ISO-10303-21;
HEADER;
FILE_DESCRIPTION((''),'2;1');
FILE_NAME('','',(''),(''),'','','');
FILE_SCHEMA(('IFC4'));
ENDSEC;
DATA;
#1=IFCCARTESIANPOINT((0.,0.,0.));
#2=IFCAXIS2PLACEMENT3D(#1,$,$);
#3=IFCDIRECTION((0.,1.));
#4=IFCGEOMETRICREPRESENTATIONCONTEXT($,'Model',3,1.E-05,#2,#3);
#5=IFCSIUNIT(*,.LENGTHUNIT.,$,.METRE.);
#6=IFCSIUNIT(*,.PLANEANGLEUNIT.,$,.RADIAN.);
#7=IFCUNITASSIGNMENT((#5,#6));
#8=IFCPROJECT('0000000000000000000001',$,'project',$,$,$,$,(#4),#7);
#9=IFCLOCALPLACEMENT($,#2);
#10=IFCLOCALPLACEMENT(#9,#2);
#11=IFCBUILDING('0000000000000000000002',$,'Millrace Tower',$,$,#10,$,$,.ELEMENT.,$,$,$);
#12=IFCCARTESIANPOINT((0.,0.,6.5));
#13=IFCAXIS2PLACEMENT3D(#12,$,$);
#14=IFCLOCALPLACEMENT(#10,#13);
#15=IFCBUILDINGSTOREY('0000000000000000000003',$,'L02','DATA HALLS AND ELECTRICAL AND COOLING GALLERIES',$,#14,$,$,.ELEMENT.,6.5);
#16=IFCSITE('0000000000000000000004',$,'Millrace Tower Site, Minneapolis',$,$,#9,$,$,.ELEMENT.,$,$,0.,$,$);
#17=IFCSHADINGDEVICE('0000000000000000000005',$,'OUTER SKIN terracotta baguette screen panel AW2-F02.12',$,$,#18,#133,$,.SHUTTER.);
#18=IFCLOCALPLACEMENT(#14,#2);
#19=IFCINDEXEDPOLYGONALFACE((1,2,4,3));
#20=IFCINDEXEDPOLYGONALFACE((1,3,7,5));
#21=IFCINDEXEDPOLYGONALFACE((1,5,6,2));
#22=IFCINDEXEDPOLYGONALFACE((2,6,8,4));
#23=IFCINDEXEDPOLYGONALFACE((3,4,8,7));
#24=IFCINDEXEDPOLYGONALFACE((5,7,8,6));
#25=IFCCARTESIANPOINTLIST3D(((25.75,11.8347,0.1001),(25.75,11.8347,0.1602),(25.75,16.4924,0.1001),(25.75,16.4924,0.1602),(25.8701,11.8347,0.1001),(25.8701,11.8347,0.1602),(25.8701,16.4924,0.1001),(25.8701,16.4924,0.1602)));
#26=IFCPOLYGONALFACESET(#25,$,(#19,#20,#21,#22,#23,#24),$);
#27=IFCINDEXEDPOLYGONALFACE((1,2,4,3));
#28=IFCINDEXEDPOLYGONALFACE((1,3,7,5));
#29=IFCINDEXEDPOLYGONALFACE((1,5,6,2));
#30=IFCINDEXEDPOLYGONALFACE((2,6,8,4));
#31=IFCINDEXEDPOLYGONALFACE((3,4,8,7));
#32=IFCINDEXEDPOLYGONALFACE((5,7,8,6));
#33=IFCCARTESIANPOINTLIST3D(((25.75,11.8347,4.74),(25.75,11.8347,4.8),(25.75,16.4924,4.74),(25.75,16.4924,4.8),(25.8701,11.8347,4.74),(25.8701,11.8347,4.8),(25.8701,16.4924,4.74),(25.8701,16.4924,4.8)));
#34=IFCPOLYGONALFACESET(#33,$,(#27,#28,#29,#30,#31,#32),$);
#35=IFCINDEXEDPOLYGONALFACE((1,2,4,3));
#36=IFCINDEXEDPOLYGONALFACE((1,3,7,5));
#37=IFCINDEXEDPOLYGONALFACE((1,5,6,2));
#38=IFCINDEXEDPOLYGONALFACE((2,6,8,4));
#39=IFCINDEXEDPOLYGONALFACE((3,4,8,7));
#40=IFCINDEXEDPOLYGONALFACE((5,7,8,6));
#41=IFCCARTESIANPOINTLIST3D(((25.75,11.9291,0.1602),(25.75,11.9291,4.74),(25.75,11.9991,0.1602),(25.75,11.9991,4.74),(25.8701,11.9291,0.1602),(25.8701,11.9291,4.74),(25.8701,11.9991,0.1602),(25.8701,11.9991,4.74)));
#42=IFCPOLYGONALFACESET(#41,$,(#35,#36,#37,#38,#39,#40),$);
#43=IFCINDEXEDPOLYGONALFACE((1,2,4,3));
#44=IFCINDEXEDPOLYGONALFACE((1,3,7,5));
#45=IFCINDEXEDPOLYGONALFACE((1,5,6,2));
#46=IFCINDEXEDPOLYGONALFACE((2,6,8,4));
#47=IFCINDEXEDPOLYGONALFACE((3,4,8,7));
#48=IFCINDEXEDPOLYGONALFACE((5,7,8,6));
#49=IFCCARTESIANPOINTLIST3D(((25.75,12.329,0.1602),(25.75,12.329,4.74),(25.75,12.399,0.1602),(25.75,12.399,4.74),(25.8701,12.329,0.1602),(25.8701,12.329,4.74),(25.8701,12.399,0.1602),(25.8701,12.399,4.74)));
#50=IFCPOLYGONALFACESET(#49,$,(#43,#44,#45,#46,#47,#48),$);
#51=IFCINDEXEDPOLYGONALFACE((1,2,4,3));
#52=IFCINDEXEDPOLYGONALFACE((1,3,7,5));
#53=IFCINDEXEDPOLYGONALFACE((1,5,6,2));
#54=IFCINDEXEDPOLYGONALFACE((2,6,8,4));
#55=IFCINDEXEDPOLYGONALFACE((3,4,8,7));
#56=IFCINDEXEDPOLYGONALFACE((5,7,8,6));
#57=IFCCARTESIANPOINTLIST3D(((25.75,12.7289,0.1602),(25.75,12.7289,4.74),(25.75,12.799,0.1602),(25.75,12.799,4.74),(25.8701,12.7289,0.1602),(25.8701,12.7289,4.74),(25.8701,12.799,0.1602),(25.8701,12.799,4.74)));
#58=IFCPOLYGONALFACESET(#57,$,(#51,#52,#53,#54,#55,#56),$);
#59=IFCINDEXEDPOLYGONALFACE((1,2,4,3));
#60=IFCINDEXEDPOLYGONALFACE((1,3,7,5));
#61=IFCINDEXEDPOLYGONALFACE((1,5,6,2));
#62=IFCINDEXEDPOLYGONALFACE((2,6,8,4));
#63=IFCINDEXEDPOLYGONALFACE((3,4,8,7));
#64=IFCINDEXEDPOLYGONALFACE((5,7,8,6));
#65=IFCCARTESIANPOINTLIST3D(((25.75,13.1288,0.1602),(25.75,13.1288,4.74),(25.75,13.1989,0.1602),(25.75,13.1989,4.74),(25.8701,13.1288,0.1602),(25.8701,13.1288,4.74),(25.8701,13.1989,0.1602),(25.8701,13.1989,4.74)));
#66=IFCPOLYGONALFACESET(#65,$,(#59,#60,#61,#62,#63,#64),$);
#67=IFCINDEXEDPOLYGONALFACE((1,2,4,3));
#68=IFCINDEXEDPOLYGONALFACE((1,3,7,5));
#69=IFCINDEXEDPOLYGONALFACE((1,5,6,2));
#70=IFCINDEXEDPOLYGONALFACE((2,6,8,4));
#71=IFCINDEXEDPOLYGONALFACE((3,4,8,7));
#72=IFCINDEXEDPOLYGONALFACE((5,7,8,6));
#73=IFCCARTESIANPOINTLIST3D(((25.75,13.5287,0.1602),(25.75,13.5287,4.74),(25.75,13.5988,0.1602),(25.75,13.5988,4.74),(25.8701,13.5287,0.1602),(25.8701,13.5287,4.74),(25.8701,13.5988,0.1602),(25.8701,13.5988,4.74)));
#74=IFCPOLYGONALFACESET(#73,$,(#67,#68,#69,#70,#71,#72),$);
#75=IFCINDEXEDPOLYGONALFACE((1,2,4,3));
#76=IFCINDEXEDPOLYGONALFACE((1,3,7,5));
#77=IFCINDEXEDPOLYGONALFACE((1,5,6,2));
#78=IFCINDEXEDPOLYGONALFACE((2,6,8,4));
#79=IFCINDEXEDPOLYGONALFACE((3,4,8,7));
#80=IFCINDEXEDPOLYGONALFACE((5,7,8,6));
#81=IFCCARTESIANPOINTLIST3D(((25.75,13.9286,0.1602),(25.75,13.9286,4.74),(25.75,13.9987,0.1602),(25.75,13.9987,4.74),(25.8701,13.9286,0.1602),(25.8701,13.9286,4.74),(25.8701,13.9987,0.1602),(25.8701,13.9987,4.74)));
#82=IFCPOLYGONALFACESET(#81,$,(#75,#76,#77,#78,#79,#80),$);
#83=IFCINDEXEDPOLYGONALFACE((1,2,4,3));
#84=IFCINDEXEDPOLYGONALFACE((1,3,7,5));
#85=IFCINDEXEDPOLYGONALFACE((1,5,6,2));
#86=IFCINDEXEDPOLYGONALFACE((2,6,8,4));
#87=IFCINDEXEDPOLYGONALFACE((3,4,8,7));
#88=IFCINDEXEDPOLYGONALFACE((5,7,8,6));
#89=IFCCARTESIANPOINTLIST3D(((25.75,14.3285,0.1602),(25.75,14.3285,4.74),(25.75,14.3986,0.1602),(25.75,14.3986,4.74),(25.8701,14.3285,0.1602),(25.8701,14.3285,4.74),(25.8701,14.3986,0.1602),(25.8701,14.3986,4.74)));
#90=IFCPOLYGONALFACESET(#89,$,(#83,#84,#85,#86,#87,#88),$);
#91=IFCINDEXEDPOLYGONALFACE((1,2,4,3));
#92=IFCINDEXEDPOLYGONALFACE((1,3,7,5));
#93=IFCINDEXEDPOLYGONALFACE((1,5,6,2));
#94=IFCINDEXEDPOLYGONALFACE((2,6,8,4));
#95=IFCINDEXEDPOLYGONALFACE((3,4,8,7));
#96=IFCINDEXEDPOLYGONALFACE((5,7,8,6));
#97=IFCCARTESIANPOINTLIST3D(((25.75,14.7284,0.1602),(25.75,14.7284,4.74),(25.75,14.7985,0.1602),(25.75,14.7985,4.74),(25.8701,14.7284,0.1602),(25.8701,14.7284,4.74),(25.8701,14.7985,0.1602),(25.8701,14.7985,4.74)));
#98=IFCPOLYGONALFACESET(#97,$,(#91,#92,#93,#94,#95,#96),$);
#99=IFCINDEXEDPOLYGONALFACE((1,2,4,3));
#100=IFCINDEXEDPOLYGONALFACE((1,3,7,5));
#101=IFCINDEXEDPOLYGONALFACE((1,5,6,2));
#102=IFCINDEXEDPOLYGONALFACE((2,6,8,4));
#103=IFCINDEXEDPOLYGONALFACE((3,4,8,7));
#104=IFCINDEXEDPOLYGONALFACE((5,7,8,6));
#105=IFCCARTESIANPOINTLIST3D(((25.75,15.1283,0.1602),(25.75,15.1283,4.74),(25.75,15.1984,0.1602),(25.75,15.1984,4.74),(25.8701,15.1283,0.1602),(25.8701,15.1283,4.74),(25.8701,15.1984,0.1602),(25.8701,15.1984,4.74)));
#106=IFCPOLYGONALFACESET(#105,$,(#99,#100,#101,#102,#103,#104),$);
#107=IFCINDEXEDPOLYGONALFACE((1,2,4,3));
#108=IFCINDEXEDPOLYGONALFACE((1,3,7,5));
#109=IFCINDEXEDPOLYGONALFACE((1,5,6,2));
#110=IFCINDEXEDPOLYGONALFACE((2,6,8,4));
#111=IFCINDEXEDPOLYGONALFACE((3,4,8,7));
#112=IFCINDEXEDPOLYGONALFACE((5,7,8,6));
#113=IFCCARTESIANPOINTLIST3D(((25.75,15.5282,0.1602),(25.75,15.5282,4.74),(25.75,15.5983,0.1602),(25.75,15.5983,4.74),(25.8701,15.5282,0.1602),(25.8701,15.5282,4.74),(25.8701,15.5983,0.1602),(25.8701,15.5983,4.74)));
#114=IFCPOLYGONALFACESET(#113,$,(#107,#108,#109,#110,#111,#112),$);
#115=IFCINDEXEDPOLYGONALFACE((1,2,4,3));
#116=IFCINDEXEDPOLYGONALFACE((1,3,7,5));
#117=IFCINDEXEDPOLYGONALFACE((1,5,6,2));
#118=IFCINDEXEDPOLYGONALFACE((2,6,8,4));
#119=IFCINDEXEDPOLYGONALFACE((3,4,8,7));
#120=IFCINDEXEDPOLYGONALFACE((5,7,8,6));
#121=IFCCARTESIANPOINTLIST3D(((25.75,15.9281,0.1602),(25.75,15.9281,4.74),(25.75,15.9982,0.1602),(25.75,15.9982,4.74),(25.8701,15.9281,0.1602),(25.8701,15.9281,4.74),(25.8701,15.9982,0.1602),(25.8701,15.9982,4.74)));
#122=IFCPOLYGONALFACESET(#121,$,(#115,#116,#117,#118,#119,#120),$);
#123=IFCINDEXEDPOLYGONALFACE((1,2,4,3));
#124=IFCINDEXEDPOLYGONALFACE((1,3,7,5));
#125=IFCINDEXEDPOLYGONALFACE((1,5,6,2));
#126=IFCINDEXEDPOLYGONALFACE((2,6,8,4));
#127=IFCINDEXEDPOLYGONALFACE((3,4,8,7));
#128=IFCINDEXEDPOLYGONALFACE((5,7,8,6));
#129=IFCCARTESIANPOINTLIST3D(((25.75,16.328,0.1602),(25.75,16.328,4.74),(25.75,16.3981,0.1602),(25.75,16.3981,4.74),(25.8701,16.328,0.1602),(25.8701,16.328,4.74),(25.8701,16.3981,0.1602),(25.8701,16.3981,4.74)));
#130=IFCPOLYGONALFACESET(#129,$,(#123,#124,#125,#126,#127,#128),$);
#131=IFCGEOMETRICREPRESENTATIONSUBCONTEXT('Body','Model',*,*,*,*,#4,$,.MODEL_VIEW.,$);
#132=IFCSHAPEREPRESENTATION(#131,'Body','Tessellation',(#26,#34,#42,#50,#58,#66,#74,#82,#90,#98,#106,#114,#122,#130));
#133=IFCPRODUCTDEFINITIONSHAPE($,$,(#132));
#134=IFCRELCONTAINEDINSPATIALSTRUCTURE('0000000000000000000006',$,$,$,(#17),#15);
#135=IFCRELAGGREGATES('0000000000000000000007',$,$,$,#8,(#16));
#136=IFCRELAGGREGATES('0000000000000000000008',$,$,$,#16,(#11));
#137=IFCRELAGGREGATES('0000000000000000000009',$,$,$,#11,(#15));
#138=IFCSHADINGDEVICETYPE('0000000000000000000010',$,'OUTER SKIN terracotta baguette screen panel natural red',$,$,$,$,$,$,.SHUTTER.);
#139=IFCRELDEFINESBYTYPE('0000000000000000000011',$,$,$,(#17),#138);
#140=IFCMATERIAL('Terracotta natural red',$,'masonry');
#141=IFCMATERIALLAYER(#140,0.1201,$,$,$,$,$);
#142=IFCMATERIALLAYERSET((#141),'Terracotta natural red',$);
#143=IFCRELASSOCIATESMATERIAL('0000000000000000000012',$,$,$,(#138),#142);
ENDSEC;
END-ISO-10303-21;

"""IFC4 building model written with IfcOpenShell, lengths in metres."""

from ifc_helpers import new_model, entity, si_unit, direction, frame, frame_2d, origin, place, context, subcontext, project, spatial, rectangle, extrude, source, transform, mapped, material, layer, layer_set, type_object, element, save


model = new_model("IFC4")

# Units and contexts
model_context = context("Model", 3, precision=1e-05, world=origin(), true_north=direction((0.0, 1.0)))
body_context = subcontext(model_context, "Body", "Model", "MODEL_VIEW")
ifc_project = project(units=[si_unit("LENGTHUNIT", "METRE"), si_unit("PLANEANGLEUNIT", "RADIAN")], contexts=[model_context])

# Site, building, storey
site_placement = place(None, origin())
site = spatial("IfcSite", under=ifc_project, at=site_placement, Name="Millrace Tower Site, Minneapolis", CompositionType="ELEMENT", RefElevation=0.0)
building_placement = place(site_placement, origin())
building = spatial("IfcBuilding", under=site, at=building_placement, Name="Millrace Tower", CompositionType="ELEMENT")
storey_placement = place(building_placement, frame((0.0, 0.0, 6.5)))
storey = spatial("IfcBuildingStorey", under=building, at=storey_placement, Name="L02", Description="DATA HALLS AND ELECTRICAL AND COOLING GALLERIES", CompositionType="ELEMENT", Elevation=6.5)

# Shading device
cartesian_point_1 = entity("IfcCartesianPoint", [-2.3289, 0.0601])
shared_polyline_1 = entity("IfcPolyline", [cartesian_point_1, entity("IfcCartesianPoint", [2.3289, 0.0601]), entity("IfcCartesianPoint", [2.3289, -0.0601]), entity("IfcCartesianPoint", [-2.3289, -0.0601]), cartesian_point_1])
ifc_material_1 = material(Name="Terracotta natural red", Category="masonry")
ifc_layer_1 = layer(ifc_material_1, 0.1201)
ifc_layer_set_1 = layer_set([ifc_layer_1], Name="Terracotta natural red")
shading_device_type_1 = type_object("IfcShadingDeviceType", Name="OUTER SKIN terracotta baguette screen panel natural red", PredefinedType="SHUTTER", material=ifc_layer_set_1)
shared_shape_1 = source(origin(), body_context, "Body", "SweptSolid", [
    entity("IfcExtrudedAreaSolid", entity("IfcArbitraryClosedProfileDef", "AREA", None, shared_polyline_1), entity("IfcAxis2Placement3D", entity("IfcCartesianPoint", [0.0, 0.0, 0.0])), entity("IfcDirection", [0.0, 0.0, 1.0]), 0.0601),
    entity("IfcExtrudedAreaSolid", entity("IfcArbitraryClosedProfileDef", "AREA", None, shared_polyline_1), entity("IfcAxis2Placement3D", entity("IfcCartesianPoint", [0.0, 0.0, 4.6399])), entity("IfcDirection", [0.0, 0.0, 1.0]), 0.0601),
    extrude(rectangle(XDim=0.0701, YDim=0.1201, at=frame_2d((-2.1995, 0.0))), frame((0.0, 0.0, 0.0601)), (0.0, 0.0, 1.0), 4.5798),
    extrude(rectangle(XDim=0.0701, YDim=0.1201, at=frame_2d((-1.7996, 0.0))), frame((0.0, 0.0, 0.0601)), (0.0, 0.0, 1.0), 4.5798),
    extrude(rectangle(XDim=0.0701, YDim=0.1201, at=frame_2d((-1.3997, 0.0))), frame((0.0, 0.0, 0.0601)), (0.0, 0.0, 1.0), 4.5798),
    extrude(rectangle(XDim=0.0701, YDim=0.1201, at=frame_2d((-0.9998, 0.0))), frame((0.0, 0.0, 0.0601)), (0.0, 0.0, 1.0), 4.5798),
    extrude(rectangle(XDim=0.0701, YDim=0.1201, at=frame_2d((-0.5999, 0.0))), frame((0.0, 0.0, 0.0601)), (0.0, 0.0, 1.0), 4.5798),
    extrude(rectangle(XDim=0.0701, YDim=0.1201, at=frame_2d((-0.2, 0.0))), frame((0.0, 0.0, 0.0601)), (0.0, 0.0, 1.0), 4.5798),
    extrude(rectangle(XDim=0.0701, YDim=0.1201, at=frame_2d((0.2, 0.0))), frame((0.0, 0.0, 0.0601)), (0.0, 0.0, 1.0), 4.5798),
    extrude(rectangle(XDim=0.0701, YDim=0.1201, at=frame_2d((0.5999, 0.0))), frame((0.0, 0.0, 0.0601)), (0.0, 0.0, 1.0), 4.5798),
    extrude(rectangle(XDim=0.0701, YDim=0.1201, at=frame_2d((0.9998, 0.0))), frame((0.0, 0.0, 0.0601)), (0.0, 0.0, 1.0), 4.5798),
    extrude(rectangle(XDim=0.0701, YDim=0.1201, at=frame_2d((1.3997, 0.0))), frame((0.0, 0.0, 0.0601)), (0.0, 0.0, 1.0), 4.5798),
    extrude(rectangle(XDim=0.0701, YDim=0.1201, at=frame_2d((1.7996, 0.0))), frame((0.0, 0.0, 0.0601)), (0.0, 0.0, 1.0), 4.5798),
    extrude(rectangle(XDim=0.0701, YDim=0.1201, at=frame_2d((2.1995, 0.0))), frame((0.0, 0.0, 0.0601)), (0.0, 0.0, 1.0), 4.5798),
])
for number, where, z_axis, x_axis, name in (
    (1, (25.8101, 14.1636, 0.1001), (0.0, 0.0, 1.0), (0.0, 1.0, 0.0), "OUTER SKIN terracotta baguette screen panel AW2-F02.12"),
):
    element("IfcShadingDevice", number, at=place(storey_placement, frame(where, z_axis=z_axis, x_axis=x_axis)), inside=storey, type_object=shading_device_type_1, Name=name, PredefinedType="SHUTTER", context=body_context, shape_type="MappedRepresentation", body=[
        mapped(shared_shape_1, transform((0.0, 0.0, 0.0), scale=1.0)),
    ])

save(model, "model.ifc")
